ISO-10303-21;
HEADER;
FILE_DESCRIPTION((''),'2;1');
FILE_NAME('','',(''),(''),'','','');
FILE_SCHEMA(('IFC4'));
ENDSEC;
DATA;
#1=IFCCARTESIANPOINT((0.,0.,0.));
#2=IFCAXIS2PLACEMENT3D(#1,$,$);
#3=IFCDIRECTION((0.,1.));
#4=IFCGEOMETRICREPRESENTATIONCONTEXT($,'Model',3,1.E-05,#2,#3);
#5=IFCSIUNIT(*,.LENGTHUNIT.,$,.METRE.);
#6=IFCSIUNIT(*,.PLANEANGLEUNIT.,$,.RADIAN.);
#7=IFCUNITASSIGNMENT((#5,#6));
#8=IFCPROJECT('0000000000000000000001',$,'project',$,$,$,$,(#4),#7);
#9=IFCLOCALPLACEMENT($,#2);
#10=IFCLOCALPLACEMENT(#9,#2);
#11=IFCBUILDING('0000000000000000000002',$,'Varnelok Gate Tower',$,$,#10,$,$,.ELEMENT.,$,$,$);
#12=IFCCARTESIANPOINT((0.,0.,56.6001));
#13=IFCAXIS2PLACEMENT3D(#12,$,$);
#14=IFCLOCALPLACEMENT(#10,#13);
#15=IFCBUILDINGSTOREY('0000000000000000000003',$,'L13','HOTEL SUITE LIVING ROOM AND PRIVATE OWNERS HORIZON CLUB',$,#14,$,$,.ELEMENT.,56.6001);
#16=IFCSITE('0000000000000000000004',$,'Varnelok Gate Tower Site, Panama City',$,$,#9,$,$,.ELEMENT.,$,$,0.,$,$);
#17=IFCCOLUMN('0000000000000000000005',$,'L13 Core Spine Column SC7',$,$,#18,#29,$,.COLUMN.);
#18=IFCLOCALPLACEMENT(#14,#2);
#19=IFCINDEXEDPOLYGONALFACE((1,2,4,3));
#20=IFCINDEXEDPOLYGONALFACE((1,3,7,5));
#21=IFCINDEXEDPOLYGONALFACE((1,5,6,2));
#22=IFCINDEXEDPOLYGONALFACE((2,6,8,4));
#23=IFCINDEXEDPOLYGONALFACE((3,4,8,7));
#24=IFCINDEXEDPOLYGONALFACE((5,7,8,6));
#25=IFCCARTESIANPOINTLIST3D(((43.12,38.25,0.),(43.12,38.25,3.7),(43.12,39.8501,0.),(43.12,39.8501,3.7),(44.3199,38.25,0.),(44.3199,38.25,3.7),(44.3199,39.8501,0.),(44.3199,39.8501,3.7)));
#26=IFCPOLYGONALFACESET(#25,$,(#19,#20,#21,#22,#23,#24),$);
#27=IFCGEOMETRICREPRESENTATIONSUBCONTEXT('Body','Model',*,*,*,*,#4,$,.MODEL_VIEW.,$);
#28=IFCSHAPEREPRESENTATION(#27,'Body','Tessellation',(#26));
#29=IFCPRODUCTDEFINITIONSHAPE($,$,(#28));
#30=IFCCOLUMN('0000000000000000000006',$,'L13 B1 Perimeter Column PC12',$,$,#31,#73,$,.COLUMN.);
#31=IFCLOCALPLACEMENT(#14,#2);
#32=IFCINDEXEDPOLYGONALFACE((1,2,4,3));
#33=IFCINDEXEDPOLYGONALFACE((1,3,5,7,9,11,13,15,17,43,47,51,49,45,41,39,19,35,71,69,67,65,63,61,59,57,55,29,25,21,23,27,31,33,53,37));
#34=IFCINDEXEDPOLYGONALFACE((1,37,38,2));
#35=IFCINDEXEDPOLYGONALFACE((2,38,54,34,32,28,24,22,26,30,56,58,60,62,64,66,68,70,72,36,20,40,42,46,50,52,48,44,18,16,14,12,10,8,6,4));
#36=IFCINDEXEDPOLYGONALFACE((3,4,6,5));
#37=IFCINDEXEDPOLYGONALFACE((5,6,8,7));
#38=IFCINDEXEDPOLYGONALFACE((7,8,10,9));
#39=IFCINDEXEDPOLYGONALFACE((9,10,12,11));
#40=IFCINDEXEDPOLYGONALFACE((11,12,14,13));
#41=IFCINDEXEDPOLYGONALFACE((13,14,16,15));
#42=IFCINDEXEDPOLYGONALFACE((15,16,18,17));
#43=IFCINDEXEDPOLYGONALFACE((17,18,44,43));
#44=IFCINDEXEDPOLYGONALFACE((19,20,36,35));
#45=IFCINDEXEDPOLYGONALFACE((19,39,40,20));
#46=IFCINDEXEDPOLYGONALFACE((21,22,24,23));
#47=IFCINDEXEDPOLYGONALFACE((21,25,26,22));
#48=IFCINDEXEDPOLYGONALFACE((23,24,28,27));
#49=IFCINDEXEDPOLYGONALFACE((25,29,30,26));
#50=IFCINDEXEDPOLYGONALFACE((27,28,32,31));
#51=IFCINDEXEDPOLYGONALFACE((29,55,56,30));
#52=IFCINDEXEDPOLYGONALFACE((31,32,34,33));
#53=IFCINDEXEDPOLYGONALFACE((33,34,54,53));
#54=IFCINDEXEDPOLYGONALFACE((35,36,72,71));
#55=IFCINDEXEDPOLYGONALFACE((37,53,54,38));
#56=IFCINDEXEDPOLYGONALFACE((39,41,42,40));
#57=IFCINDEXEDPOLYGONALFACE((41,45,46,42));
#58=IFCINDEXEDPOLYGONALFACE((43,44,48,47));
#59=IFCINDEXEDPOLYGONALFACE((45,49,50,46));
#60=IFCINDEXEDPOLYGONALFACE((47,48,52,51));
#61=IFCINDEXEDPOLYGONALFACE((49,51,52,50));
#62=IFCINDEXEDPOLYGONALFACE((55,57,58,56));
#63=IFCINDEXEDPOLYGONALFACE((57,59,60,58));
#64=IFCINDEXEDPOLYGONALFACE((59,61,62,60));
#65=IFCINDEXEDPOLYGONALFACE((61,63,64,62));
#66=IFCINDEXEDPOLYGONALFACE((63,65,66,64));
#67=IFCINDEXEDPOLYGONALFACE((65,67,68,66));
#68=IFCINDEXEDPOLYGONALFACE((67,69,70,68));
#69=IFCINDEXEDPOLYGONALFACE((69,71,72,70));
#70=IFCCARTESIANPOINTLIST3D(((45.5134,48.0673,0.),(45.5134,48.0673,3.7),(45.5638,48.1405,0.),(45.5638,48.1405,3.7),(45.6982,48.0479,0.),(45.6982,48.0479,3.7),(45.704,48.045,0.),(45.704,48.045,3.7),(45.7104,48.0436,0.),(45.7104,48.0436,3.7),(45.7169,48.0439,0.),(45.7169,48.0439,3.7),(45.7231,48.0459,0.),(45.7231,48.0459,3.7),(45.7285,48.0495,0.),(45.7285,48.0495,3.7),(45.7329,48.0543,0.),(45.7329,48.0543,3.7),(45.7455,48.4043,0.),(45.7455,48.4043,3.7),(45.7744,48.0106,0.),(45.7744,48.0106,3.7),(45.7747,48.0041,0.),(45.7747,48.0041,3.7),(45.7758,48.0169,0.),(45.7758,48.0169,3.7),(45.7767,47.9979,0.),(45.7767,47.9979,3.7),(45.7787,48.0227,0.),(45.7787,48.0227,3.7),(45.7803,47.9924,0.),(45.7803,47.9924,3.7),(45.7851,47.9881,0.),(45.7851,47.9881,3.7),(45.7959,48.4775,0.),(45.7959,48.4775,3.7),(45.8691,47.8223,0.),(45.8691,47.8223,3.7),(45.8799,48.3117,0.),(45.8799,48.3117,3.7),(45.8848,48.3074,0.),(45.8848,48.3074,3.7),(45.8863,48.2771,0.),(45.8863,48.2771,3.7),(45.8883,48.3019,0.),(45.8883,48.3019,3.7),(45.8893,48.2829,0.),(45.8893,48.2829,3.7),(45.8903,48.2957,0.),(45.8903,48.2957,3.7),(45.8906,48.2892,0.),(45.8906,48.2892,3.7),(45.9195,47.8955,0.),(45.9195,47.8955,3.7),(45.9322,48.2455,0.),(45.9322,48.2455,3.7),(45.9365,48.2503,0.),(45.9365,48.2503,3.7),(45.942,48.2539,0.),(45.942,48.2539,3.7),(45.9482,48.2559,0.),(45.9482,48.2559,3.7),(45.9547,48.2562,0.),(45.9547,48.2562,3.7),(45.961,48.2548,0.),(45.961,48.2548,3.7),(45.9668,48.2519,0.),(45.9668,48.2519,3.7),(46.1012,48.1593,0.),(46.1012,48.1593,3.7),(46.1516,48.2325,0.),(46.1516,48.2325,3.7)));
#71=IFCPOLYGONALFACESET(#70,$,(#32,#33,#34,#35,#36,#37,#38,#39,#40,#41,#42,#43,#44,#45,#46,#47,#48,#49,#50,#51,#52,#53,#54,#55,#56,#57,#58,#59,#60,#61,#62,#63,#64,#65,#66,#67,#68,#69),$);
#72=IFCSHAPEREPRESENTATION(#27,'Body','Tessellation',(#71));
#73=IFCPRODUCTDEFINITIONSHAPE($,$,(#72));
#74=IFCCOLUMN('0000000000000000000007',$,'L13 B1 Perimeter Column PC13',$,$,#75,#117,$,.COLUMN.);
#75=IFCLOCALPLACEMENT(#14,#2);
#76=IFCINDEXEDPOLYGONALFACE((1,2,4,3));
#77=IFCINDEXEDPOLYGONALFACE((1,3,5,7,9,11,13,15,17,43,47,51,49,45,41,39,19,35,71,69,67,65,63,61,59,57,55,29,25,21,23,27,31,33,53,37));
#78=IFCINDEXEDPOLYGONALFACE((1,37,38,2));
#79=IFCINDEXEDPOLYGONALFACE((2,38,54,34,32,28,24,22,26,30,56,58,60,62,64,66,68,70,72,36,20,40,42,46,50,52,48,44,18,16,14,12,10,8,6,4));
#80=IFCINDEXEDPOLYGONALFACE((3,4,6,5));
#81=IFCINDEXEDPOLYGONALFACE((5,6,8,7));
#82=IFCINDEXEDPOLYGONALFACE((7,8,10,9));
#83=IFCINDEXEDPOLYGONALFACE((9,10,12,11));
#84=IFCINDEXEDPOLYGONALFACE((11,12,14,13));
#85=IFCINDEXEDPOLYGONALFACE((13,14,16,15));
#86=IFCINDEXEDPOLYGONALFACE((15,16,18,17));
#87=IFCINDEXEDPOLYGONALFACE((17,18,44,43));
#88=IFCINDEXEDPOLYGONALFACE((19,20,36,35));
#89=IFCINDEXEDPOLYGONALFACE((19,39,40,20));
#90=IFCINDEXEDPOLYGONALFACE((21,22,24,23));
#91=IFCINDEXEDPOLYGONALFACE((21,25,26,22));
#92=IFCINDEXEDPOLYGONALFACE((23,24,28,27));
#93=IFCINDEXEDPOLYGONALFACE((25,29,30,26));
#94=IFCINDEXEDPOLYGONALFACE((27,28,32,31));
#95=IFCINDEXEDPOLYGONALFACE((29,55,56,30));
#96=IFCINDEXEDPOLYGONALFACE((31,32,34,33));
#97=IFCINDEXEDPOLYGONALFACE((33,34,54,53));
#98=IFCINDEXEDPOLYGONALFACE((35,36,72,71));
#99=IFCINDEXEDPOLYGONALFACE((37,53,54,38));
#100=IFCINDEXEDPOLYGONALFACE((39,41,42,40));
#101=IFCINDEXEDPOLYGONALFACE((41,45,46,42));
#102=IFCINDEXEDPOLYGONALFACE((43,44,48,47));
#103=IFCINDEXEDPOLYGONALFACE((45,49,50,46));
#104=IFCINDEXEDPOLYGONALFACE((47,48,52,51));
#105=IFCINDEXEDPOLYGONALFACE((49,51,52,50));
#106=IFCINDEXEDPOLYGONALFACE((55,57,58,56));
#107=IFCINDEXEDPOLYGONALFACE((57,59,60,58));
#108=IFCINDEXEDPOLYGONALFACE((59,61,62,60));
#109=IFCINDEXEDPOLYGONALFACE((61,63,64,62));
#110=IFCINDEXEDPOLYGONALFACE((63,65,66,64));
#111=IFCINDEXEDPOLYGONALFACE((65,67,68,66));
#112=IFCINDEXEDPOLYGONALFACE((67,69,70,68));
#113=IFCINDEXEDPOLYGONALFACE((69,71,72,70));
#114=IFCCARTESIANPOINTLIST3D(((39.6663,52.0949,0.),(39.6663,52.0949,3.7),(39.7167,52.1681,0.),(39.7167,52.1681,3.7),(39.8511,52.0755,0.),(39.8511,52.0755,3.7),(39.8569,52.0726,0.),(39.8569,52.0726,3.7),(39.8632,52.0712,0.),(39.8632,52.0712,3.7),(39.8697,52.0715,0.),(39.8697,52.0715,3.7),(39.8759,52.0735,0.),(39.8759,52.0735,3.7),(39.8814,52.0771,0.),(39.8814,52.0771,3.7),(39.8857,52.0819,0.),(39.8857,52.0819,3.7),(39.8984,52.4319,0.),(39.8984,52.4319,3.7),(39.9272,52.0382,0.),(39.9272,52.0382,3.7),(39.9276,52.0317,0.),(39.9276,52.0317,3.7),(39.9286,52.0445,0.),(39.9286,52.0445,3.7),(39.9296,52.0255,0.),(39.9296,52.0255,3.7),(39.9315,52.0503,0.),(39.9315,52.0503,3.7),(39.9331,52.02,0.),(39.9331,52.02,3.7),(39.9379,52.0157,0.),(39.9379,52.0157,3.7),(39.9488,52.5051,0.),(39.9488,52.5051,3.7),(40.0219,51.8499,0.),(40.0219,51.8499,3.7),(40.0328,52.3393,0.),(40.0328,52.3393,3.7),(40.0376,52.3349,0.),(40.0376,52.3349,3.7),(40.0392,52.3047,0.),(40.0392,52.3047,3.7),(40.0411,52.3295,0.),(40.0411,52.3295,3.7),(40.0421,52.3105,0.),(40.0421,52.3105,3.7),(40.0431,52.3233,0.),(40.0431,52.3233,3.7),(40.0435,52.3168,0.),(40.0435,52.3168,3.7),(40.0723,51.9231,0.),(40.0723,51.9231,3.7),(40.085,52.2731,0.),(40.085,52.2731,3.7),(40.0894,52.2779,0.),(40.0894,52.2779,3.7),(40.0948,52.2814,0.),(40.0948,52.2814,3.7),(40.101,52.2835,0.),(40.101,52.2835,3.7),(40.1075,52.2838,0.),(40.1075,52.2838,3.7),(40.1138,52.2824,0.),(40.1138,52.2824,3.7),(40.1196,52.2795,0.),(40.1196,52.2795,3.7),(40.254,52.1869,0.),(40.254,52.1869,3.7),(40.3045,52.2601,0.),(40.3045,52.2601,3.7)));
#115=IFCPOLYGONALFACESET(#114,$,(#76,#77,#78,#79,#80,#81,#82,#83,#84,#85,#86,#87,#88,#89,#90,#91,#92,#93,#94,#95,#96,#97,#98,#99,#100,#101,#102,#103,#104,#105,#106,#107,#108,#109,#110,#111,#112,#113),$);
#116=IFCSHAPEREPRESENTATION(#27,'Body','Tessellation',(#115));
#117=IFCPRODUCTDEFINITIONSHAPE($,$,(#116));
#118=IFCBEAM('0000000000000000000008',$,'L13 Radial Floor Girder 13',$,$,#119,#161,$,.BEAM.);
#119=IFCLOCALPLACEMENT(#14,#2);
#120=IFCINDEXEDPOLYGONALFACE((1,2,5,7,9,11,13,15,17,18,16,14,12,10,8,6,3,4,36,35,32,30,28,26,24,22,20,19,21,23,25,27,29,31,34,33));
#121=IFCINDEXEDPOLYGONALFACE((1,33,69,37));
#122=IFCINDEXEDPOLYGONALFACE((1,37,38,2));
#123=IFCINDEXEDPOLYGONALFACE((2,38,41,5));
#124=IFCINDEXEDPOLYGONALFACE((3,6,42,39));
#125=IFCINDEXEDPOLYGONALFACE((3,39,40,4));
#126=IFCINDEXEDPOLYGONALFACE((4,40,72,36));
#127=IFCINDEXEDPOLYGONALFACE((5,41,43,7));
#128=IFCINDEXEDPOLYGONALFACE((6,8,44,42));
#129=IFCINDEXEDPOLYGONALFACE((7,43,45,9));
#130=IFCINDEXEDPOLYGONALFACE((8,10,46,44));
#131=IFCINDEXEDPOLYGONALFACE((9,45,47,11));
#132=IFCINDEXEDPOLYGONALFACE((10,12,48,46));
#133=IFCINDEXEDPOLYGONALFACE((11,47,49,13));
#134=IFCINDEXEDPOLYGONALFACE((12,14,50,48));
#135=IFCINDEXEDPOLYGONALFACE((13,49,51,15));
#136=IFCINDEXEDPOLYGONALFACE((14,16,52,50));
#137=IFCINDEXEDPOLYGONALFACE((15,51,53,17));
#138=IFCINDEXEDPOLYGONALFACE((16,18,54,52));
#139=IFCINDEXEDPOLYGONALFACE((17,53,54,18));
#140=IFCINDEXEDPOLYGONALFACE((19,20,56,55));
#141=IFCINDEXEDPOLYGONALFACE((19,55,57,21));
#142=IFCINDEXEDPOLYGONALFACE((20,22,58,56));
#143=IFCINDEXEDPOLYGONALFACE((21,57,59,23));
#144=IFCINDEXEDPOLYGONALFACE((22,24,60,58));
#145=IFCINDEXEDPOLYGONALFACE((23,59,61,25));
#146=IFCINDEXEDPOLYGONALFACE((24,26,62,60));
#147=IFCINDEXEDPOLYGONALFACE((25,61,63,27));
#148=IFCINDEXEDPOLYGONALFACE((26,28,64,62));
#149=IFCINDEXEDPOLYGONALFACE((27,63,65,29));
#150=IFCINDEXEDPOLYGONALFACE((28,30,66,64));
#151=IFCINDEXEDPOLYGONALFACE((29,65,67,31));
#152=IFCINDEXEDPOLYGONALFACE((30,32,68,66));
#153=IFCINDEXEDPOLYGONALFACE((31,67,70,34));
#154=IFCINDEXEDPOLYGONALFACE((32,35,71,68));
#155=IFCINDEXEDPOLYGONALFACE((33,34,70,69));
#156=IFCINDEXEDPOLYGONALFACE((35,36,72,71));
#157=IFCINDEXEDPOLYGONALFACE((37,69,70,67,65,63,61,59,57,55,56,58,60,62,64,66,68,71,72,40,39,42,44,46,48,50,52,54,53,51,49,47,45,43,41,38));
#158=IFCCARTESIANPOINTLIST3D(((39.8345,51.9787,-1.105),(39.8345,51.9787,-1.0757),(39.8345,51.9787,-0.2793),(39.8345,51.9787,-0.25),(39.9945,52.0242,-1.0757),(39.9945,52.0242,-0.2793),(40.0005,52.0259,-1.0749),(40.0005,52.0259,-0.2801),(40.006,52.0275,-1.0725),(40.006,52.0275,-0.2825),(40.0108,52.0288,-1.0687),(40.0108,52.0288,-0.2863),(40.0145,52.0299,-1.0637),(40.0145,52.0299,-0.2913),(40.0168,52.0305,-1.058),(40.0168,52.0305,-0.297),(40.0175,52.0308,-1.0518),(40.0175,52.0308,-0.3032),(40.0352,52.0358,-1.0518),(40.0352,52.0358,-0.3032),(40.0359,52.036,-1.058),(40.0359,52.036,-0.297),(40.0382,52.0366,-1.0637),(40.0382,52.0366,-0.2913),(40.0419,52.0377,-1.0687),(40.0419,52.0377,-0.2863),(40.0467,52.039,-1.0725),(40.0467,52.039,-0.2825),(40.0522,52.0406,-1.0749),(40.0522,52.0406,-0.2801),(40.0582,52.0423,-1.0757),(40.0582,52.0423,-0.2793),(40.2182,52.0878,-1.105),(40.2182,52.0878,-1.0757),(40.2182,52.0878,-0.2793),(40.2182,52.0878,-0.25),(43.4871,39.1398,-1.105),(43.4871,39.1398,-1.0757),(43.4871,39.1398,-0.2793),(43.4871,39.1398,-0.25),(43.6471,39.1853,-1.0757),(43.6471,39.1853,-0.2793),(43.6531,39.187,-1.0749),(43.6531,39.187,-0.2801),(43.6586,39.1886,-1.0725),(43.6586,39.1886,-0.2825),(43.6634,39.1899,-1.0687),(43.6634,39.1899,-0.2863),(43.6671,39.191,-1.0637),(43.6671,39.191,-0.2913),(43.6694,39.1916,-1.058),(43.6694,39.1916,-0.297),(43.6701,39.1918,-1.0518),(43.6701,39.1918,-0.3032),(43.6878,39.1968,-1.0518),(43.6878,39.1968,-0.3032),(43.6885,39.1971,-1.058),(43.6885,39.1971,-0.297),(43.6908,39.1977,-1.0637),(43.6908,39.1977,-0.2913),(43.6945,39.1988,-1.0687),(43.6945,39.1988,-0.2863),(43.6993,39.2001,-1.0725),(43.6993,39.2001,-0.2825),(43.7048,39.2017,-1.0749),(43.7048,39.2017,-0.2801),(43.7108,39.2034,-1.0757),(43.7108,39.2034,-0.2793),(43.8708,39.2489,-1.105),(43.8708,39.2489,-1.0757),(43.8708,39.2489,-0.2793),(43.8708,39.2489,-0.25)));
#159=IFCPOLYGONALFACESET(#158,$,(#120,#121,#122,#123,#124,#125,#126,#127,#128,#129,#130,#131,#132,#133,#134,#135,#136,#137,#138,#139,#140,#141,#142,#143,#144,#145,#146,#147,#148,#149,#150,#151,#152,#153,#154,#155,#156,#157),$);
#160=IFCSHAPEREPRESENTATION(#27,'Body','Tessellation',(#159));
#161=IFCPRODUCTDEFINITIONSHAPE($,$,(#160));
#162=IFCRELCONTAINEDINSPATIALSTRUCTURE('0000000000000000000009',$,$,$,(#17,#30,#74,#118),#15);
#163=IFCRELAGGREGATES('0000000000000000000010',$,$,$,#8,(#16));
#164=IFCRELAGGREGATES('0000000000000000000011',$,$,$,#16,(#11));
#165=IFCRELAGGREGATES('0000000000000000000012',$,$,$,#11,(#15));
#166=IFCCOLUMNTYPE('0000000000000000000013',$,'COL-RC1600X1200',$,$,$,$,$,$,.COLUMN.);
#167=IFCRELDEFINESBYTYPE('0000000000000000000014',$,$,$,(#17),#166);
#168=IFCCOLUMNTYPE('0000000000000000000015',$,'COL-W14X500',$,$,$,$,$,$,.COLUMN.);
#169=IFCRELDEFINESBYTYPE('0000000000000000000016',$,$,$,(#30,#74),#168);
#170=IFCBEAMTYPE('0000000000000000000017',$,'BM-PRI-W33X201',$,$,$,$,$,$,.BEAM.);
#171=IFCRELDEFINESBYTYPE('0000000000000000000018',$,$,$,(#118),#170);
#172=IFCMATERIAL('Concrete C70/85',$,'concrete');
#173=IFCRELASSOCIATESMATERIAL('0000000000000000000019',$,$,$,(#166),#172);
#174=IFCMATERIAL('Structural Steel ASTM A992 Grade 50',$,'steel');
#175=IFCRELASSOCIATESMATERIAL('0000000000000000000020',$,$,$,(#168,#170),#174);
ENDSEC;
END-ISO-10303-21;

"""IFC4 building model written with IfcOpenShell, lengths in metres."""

from ifc_helpers import new_model, si_unit, direction, frame, origin, origin_2d, place, context, subcontext, project, spatial, rectangle, i_section, extrude, material, material_profile, profile_set, type_object, element, save


model = new_model("IFC4")

# Units and contexts
model_context = context("Model", 3, precision=1e-05, world=origin(), true_north=direction((0.0, 1.0)))
body_context = subcontext(model_context, "Body", "Model", "MODEL_VIEW")
ifc_project = project(units=[si_unit("LENGTHUNIT", "METRE"), si_unit("PLANEANGLEUNIT", "RADIAN")], contexts=[model_context])

# Site, building, storey
site_placement = place(None, origin())
site = spatial("IfcSite", under=ifc_project, at=site_placement, Name="Varnelok Gate Tower Site, Panama City", CompositionType="ELEMENT", RefElevation=0.0)
building_placement = place(site_placement, origin())
building = spatial("IfcBuilding", under=site, at=building_placement, Name="Varnelok Gate Tower", CompositionType="ELEMENT")
storey_placement = place(building_placement, frame((0.0, 0.0, 56.6001)))
storey = spatial("IfcBuildingStorey", under=building, at=storey_placement, Name="L13", Description="HOTEL SUITE LIVING ROOM AND PRIVATE OWNERS HORIZON CLUB", CompositionType="ELEMENT", Elevation=56.6001)

# Columns
ifc_material_1 = material(Name="Concrete C70/85", Category="concrete")
ifc_material_profile_1 = material_profile(ifc_material_1, rectangle(XDim=1.2, YDim=1.6001, at=origin_2d()), Name="RC1600X1200")
ifc_profile_set_1 = profile_set([ifc_material_profile_1], Name="Concrete C70/85")
column_type_1 = type_object("IfcColumnType", Name="COL-RC1600X1200", PredefinedType="COLUMN", material=ifc_profile_set_1)
column_placement = place(storey_placement, frame((43.72, 39.05, 0.0), z_axis=(0.0, 0.0, 1.0), x_axis=(1.0, 0.0, 0.0)))
element("IfcColumn", 1, at=column_placement, inside=storey, type_object=column_type_1, Name="L13 Core Spine Column SC7", PredefinedType="COLUMN", context=body_context, shape_type="SweptSolid", body=[
    extrude(rectangle(XDim=1.2, YDim=1.6001, at=origin_2d()), origin(), (0.0, 0.0, 1.0), 3.7),
])
ifc_material_2 = material(Name="Structural Steel ASTM A992 Grade 50", Category="steel")
ifc_material_profile_2 = material_profile(ifc_material_2, i_section(OverallWidth=0.4319, OverallDepth=0.498, WebThickness=0.0557, FlangeThickness=0.0889, FilletRadius=0.0249, at=origin_2d()), Name="W14X500")
ifc_profile_set_2 = profile_set([ifc_material_profile_2], Name="Structural Steel ASTM A992 Grade 50")
column_type_2 = type_object("IfcColumnType", Name="COL-W14X500", PredefinedType="COLUMN", material=ifc_profile_set_2)
for number, where, z_axis, x_axis, name in (
    (2, (45.8325, 48.1499, 0.0), (0.0, 0.0, 1.0), (0.823533, -0.567269, 0.0), "L13 B1 Perimeter Column PC12"),
    (3, (39.9854, 52.1775, 0.0), (0.0, 0.0, 1.0), (0.823533, -0.567269, 0.0), "L13 B1 Perimeter Column PC13"),
):
    element("IfcColumn", number, at=place(storey_placement, frame(where, z_axis=z_axis, x_axis=x_axis)), inside=storey, type_object=column_type_2, Name=name, PredefinedType="COLUMN", context=body_context, shape_type="SweptSolid", body=[
        extrude(i_section(OverallWidth=0.4319, OverallDepth=0.498, WebThickness=0.0557, FlangeThickness=0.0889, FilletRadius=0.0249, at=origin_2d()), origin(), (0.0, 0.0, 1.0), 3.7),
    ])

# Beam
ifc_material_profile_3 = material_profile(ifc_material_2, i_section(OverallWidth=0.3989, OverallDepth=0.855, WebThickness=0.0183, FlangeThickness=0.0293, FilletRadius=0.0239, at=origin_2d()), Name="W33X201")
ifc_profile_set_3 = profile_set([ifc_material_profile_3], Name="Structural Steel ASTM A992 Grade 50")
beam_type_1 = type_object("IfcBeamType", Name="BM-PRI-W33X201", PredefinedType="BEAM", material=ifc_profile_set_3)
beam_1_placement = place(storey_placement, frame((43.679, 39.1943, -0.6775), z_axis=(-0.273636, 0.961833, 0.0), x_axis=(-0.961833, -0.273636, 0.0)))
element("IfcBeam", 4, at=beam_1_placement, inside=storey, type_object=beam_type_1, Name="L13 Radial Floor Girder 13", PredefinedType="BEAM", context=body_context, shape_type="SweptSolid", body=[
    extrude(i_section(OverallWidth=0.3989, OverallDepth=0.855, WebThickness=0.0183, FlangeThickness=0.0293, FilletRadius=0.0239, at=origin_2d()), origin(), (0.0, 0.0, 1.0), 13.3484),
])

save(model, "model.ifc")
